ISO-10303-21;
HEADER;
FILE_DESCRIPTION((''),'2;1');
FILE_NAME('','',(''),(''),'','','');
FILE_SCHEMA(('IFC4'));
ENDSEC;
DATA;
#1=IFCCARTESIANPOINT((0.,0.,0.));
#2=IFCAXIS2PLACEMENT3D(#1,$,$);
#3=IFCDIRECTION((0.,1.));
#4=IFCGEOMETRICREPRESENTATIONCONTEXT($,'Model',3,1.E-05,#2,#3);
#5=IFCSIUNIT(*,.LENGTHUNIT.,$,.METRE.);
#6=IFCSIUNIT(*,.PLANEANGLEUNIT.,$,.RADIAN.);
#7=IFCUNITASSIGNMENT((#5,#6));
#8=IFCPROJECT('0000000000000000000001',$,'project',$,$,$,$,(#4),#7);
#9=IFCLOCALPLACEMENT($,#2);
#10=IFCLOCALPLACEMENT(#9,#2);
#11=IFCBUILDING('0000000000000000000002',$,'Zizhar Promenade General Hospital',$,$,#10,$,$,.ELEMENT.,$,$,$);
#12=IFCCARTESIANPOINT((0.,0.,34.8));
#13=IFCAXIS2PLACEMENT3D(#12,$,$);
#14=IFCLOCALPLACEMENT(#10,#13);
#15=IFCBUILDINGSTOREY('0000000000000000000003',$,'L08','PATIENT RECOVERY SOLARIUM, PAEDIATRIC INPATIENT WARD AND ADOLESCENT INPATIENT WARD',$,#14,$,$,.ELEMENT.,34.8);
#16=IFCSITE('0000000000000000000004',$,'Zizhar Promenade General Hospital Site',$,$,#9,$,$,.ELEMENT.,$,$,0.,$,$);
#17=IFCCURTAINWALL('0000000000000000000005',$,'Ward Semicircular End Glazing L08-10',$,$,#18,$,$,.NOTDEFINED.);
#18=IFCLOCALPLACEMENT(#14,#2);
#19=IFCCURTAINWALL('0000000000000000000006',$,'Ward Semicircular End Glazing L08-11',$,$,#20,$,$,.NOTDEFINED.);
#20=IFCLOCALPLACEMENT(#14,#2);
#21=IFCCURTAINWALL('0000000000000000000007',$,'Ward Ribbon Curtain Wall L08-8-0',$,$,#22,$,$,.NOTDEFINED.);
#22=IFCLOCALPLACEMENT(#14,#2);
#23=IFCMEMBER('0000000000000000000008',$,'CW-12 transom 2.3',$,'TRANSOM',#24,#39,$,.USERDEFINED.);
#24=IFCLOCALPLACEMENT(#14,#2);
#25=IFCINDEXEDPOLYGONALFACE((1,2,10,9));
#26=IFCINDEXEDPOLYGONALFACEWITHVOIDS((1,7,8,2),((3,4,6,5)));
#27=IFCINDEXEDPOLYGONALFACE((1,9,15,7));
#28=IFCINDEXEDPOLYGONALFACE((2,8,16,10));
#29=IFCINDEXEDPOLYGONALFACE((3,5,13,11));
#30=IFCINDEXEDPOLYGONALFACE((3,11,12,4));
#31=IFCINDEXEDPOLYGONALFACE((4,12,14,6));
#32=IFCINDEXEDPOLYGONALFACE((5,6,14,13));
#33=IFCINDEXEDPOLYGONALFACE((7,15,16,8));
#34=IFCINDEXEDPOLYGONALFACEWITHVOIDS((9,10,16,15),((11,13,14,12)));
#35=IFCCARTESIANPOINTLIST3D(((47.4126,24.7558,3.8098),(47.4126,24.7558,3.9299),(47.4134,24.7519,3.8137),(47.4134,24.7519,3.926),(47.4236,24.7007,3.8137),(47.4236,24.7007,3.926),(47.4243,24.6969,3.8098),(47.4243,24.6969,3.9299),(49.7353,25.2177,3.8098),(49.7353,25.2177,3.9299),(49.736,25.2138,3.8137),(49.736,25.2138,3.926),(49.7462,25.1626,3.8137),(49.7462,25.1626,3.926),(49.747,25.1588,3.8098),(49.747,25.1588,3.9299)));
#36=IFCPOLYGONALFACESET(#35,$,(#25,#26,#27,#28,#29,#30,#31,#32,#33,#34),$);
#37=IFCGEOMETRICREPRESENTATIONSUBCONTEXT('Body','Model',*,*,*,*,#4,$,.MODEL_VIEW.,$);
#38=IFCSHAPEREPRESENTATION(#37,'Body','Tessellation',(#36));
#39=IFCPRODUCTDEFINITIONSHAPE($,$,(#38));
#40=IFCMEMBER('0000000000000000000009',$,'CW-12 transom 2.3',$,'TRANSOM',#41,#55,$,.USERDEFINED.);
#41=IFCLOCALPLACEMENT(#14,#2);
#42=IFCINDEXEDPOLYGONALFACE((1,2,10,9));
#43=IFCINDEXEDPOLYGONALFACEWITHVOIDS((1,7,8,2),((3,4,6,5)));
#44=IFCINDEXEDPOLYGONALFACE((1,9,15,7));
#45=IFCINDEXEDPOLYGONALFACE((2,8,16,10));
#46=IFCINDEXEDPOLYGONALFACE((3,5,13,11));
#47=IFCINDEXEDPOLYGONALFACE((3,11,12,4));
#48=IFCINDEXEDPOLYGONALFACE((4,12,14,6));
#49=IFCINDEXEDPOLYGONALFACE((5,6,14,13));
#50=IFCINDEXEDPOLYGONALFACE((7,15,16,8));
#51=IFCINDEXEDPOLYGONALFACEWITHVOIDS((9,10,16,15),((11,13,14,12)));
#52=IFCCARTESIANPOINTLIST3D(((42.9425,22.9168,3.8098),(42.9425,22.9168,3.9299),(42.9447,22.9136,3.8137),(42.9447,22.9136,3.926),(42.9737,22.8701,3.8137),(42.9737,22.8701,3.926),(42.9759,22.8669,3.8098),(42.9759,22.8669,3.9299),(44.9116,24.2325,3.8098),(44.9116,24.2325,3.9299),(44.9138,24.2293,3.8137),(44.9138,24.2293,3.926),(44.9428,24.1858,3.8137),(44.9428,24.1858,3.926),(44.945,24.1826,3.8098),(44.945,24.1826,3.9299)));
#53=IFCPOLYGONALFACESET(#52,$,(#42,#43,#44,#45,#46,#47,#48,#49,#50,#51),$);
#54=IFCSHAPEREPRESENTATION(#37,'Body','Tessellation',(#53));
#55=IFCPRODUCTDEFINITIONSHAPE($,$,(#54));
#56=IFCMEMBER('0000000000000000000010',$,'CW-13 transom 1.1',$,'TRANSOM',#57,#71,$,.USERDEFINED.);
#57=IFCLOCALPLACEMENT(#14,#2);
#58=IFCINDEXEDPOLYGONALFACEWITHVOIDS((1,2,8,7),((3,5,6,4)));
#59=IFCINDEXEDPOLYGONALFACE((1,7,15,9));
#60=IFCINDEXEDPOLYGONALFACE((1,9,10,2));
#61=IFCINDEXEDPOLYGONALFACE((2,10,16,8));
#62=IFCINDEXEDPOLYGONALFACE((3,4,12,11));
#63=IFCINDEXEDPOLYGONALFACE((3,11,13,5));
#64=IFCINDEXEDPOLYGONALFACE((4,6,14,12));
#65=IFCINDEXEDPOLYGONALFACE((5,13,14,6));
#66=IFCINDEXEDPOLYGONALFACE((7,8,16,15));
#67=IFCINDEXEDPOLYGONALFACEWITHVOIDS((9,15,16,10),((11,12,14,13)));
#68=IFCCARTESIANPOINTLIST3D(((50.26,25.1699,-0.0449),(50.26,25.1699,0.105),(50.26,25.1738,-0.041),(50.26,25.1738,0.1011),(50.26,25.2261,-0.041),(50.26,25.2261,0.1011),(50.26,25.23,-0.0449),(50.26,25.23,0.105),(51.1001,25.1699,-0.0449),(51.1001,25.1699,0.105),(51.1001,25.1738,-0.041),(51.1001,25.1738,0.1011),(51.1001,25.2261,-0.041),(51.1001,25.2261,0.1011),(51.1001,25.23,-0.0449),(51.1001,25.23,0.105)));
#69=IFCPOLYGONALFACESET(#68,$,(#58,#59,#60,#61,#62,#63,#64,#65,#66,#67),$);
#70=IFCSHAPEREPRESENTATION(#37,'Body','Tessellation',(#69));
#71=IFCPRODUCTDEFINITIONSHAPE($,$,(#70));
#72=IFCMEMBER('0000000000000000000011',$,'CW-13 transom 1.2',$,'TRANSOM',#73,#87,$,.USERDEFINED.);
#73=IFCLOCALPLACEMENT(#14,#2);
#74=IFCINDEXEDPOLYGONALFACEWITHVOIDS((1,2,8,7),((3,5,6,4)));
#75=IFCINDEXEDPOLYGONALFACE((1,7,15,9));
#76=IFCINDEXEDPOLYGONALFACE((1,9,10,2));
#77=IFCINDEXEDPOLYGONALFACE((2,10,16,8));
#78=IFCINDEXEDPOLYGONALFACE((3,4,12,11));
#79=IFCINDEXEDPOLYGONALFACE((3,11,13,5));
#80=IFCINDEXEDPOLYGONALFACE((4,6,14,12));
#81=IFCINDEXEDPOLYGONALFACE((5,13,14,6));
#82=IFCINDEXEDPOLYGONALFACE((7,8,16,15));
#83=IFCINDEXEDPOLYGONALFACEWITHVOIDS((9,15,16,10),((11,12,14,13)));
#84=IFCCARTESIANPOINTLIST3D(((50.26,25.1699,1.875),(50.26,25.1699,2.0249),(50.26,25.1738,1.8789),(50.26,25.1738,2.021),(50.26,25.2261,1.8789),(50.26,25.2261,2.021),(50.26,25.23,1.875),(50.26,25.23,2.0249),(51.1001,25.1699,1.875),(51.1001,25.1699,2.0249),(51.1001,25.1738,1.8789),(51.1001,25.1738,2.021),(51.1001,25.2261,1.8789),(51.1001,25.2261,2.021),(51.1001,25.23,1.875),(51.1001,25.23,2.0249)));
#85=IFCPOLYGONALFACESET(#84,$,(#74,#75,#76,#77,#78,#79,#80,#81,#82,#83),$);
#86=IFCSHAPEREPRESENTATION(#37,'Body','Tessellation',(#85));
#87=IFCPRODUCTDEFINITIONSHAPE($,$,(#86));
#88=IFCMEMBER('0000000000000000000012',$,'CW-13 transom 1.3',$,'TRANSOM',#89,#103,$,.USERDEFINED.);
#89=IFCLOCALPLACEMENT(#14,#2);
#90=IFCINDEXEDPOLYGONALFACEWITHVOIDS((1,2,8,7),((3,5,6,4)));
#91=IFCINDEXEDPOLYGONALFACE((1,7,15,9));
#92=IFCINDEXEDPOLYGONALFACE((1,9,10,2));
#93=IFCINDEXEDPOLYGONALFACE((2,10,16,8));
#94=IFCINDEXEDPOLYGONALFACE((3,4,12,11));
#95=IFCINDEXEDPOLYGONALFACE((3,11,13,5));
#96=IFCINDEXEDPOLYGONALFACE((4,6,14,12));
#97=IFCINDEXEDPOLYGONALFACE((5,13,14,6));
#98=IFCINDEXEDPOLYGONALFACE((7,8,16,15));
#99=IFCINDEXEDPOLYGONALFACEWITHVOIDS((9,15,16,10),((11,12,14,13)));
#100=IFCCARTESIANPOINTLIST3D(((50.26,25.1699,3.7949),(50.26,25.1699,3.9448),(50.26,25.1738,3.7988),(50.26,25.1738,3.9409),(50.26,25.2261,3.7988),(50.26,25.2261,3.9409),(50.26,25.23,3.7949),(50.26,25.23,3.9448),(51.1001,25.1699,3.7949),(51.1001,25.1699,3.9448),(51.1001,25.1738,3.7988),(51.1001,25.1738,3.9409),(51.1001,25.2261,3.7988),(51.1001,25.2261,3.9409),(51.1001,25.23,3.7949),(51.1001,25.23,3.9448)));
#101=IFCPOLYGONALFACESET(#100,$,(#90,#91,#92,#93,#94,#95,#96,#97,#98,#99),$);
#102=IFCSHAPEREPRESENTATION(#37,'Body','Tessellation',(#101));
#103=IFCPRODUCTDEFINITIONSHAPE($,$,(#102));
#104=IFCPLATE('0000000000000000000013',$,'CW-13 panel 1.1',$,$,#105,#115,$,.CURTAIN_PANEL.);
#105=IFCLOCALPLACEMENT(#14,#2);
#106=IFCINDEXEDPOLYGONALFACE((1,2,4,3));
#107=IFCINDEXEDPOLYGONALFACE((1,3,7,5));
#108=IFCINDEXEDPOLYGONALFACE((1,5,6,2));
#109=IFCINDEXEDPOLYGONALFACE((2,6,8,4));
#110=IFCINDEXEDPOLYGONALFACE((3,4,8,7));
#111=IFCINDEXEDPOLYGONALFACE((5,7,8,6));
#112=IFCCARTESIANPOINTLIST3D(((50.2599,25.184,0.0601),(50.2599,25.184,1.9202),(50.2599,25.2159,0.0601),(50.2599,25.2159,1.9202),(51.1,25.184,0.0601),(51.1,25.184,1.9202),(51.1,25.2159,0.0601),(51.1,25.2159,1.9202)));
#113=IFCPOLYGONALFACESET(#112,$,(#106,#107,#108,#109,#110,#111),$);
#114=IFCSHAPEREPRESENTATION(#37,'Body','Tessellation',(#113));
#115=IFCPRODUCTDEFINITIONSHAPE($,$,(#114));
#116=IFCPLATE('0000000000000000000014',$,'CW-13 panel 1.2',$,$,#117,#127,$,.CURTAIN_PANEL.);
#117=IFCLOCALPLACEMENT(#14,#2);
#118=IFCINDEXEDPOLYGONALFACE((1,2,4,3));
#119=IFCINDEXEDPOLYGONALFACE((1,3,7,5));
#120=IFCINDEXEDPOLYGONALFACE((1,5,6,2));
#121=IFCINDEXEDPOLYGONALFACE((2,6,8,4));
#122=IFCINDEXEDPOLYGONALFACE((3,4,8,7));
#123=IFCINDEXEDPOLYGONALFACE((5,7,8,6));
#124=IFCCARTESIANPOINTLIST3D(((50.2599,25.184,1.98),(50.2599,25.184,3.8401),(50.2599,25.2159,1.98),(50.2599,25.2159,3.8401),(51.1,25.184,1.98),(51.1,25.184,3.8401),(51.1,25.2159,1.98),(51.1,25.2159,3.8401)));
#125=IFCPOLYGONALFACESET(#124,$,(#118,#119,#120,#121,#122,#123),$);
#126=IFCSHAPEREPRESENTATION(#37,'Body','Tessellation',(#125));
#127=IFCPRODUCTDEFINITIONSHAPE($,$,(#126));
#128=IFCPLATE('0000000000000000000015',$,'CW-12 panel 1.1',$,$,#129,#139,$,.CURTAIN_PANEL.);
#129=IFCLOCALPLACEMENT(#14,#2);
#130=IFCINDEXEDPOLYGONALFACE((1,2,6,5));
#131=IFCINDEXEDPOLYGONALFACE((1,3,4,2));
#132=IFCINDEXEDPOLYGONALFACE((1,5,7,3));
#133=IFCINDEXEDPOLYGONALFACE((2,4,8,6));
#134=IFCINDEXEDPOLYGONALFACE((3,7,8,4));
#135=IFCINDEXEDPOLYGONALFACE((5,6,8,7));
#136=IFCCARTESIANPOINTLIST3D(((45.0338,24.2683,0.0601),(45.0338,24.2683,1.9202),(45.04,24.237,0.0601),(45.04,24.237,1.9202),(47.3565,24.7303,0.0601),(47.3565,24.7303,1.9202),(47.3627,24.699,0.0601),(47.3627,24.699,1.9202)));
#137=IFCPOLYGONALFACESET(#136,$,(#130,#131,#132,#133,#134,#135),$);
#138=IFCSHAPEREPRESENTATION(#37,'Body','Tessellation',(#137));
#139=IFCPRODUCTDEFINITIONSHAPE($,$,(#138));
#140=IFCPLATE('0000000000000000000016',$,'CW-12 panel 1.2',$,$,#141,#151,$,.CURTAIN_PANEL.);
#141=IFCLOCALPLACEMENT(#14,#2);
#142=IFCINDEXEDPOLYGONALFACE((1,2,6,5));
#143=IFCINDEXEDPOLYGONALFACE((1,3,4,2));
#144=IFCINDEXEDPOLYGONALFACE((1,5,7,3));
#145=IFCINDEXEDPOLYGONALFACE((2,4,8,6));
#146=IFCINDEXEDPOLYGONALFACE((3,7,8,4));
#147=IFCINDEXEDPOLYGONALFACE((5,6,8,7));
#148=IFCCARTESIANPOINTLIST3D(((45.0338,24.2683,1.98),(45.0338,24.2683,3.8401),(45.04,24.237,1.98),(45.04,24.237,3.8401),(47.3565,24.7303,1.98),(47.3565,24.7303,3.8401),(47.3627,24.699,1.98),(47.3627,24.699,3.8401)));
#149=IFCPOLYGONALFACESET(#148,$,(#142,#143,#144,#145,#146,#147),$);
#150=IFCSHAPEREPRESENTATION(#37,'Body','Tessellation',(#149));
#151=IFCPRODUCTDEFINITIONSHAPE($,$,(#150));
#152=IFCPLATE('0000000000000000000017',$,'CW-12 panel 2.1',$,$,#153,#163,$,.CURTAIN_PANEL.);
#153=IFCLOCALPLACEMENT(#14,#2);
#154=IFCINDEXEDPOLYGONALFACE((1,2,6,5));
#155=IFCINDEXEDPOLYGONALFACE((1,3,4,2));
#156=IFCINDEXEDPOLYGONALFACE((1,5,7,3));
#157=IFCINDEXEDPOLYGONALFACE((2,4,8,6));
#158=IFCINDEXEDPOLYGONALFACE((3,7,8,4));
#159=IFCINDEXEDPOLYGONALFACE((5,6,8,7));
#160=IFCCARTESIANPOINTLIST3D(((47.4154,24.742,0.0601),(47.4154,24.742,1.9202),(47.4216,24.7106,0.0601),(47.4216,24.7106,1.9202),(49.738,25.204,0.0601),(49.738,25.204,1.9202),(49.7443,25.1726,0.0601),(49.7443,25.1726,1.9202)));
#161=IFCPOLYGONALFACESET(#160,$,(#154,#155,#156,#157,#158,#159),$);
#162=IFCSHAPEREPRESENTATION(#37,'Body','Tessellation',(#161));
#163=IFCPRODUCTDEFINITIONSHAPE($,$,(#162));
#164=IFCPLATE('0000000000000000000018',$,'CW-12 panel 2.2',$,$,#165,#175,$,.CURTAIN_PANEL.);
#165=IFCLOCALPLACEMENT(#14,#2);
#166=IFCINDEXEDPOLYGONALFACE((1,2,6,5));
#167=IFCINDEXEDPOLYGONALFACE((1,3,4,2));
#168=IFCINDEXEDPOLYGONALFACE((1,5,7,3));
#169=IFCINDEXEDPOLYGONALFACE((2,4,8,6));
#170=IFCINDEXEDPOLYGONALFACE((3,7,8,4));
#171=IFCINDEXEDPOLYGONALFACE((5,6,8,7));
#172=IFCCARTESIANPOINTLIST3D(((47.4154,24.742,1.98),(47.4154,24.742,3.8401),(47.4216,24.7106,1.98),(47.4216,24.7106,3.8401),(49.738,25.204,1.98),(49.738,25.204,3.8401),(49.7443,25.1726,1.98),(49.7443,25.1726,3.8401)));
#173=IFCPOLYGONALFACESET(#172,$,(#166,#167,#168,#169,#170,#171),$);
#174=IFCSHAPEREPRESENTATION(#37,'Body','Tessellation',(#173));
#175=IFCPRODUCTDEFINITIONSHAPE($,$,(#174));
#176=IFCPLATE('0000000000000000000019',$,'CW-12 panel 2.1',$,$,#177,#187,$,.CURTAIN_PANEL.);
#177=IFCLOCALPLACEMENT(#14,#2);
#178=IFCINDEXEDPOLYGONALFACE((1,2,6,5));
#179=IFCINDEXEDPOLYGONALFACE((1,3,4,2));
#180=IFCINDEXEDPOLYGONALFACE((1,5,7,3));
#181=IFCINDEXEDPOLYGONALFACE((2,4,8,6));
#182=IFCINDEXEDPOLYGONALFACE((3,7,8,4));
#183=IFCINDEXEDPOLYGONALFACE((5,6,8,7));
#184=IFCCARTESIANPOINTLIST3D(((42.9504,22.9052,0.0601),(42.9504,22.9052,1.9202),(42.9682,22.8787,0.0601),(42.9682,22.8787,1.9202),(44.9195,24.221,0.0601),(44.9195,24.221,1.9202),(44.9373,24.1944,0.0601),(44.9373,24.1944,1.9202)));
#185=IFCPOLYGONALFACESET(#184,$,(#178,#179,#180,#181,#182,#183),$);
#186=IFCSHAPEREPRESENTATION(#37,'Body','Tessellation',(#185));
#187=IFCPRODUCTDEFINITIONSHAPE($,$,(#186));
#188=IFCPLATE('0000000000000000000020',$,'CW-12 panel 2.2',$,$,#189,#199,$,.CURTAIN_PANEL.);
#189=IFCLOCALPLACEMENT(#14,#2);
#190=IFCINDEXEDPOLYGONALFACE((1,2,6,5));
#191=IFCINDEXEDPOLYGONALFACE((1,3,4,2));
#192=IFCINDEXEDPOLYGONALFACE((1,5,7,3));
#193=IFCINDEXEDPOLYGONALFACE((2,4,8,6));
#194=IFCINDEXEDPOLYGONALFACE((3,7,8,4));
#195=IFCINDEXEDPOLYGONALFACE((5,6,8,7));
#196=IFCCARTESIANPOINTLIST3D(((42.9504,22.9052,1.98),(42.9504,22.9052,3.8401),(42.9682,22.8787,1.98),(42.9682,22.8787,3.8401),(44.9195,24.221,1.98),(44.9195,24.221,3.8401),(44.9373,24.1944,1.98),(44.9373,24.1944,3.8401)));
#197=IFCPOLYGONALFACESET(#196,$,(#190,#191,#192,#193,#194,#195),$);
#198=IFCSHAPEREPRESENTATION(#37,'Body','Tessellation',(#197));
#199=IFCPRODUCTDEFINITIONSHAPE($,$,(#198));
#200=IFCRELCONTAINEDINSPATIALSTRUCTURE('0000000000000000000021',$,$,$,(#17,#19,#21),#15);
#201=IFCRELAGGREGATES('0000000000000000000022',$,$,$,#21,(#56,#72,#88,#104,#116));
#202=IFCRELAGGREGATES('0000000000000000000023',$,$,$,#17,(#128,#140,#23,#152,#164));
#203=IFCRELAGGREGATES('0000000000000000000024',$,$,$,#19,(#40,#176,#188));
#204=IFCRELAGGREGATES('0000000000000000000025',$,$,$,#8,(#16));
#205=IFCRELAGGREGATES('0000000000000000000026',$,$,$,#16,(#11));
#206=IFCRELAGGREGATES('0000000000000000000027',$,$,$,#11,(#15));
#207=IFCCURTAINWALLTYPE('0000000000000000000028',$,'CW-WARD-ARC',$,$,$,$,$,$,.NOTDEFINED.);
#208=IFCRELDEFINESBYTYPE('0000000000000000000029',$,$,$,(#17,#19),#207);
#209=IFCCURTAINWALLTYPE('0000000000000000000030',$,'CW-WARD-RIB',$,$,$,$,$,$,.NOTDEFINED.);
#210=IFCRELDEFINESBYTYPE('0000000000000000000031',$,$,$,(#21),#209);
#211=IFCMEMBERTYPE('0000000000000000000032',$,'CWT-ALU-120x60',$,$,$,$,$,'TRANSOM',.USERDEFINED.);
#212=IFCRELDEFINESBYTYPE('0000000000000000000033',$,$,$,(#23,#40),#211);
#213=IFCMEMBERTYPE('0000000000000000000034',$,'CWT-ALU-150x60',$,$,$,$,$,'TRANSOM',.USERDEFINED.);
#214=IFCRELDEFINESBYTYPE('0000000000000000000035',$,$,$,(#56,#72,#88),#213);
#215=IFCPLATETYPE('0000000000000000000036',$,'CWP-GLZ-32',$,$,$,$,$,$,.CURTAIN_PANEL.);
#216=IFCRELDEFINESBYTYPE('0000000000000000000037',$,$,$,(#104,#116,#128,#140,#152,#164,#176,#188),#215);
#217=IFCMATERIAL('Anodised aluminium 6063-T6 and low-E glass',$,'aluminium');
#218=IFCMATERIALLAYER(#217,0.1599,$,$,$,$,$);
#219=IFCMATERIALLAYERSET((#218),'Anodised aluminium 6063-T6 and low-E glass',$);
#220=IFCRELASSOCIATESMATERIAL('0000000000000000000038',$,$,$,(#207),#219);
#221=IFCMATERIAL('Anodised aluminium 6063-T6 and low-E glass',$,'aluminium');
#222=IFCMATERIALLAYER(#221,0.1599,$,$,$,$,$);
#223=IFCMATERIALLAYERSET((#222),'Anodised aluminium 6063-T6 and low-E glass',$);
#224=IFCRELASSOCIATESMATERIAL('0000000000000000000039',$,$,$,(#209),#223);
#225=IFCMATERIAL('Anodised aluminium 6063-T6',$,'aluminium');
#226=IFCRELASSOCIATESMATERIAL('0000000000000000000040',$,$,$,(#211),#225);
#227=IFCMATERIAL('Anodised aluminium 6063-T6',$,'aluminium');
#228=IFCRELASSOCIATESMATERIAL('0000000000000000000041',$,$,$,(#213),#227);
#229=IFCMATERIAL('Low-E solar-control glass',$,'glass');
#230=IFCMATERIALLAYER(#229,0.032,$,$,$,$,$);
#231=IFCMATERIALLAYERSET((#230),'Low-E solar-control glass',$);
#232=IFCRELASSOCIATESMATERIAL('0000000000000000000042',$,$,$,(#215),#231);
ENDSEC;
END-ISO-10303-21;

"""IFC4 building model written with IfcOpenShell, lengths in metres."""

from ifc_helpers import new_model, si_unit, direction, frame, origin, origin_2d, place, context, subcontext, project, spatial, rectangle, hollow_rectangle, extrude, material, layer, layer_set, material_profile, profile_set, type_object, element, aggregate, save


model = new_model("IFC4")

# Units and contexts
model_context = context("Model", 3, precision=1e-05, world=origin(), true_north=direction((0.0, 1.0)))
body_context = subcontext(model_context, "Body", "Model", "MODEL_VIEW")
ifc_project = project(units=[si_unit("LENGTHUNIT", "METRE"), si_unit("PLANEANGLEUNIT", "RADIAN")], contexts=[model_context])

# Site, building, storey
site_placement = place(None, origin())
site = spatial("IfcSite", under=ifc_project, at=site_placement, Name="Zizhar Promenade General Hospital Site", CompositionType="ELEMENT", RefElevation=0.0)
building_placement = place(site_placement, origin())
building = spatial("IfcBuilding", under=site, at=building_placement, Name="Zizhar Promenade General Hospital", CompositionType="ELEMENT")
storey_placement = place(building_placement, frame((0.0, 0.0, 34.8)))
storey = spatial("IfcBuildingStorey", under=building, at=storey_placement, Name="L08", Description="PATIENT RECOVERY SOLARIUM, PAEDIATRIC INPATIENT WARD AND ADOLESCENT INPATIENT WARD", CompositionType="ELEMENT", Elevation=34.8)

# Curtain wall
ifc_material_1 = material(Name="Anodised aluminium 6063-T6 and low-E glass", Category="aluminium")
ifc_layer_1 = layer(ifc_material_1, 0.1599)
ifc_layer_set_1 = layer_set([ifc_layer_1], Name="Anodised aluminium 6063-T6 and low-E glass")
curtain_wall_type_1 = type_object("IfcCurtainWallType", Name="CW-WARD-ARC", PredefinedType="NOTDEFINED", material=ifc_layer_set_1)
curtain_wall_1_placement = place(storey_placement, origin())
curtain_wall_1 = element("IfcCurtainWall", 1, at=curtain_wall_1_placement, inside=storey, type_object=curtain_wall_type_1, Name="Ward Semicircular End Glazing L08-10", PredefinedType="NOTDEFINED")

# Curtain walls
curtain_wall_2_placement = place(storey_placement, origin())
curtain_wall_2 = element("IfcCurtainWall", 2, at=curtain_wall_2_placement, inside=storey, type_object=curtain_wall_type_1, Name="Ward Semicircular End Glazing L08-11", PredefinedType="NOTDEFINED")
ifc_material_2 = material(Name="Anodised aluminium 6063-T6 and low-E glass", Category="aluminium")
ifc_layer_2 = layer(ifc_material_2, 0.1599)
ifc_layer_set_2 = layer_set([ifc_layer_2], Name="Anodised aluminium 6063-T6 and low-E glass")
curtain_wall_type_2 = type_object("IfcCurtainWallType", Name="CW-WARD-RIB", PredefinedType="NOTDEFINED", material=ifc_layer_set_2)
curtain_wall_3_placement = place(storey_placement, origin())
curtain_wall_3 = element("IfcCurtainWall", 3, at=curtain_wall_3_placement, inside=storey, type_object=curtain_wall_type_2, Name="Ward Ribbon Curtain Wall L08-8-0", PredefinedType="NOTDEFINED")

# Members
ifc_material_3 = material(Name="Anodised aluminium 6063-T6", Category="aluminium")
ifc_material_profile_1 = material_profile(ifc_material_3, hollow_rectangle(XDim=0.0601, YDim=0.1201, WallThickness=0.0039, at=origin_2d()))
ifc_profile_set_1 = profile_set([ifc_material_profile_1], Name="Anodised aluminium 6063-T6")
member_type_1 = type_object("IfcMemberType", Name="CWT-ALU-120x60", ElementType="TRANSOM", PredefinedType="USERDEFINED", material=ifc_profile_set_1)
member_1_placement = place(storey_placement, frame((47.4185, 24.7263, 3.8699), z_axis=(0.980794, 0.195045, 0.0), x_axis=(-0.195045, 0.980794, 0.0)))
member_1 = element("IfcMember", 4, at=member_1_placement, type_object=member_type_1, Name="CW-12 transom 2.3", ObjectType="TRANSOM", PredefinedType="USERDEFINED", context=body_context, shape_type="SweptSolid", body=[
    extrude(hollow_rectangle(XDim=0.0601, YDim=0.1201, WallThickness=0.0039, at=origin_2d()), origin(), (0.0, 0.0, 1.0), 2.3682),
])
member_2_placement = place(storey_placement, frame((42.9592, 22.8918, 3.8699), z_axis=(0.831463, 0.55558, 0.0), x_axis=(-0.55558, 0.831463, 0.0)))
member_2 = element("IfcMember", 5, at=member_2_placement, type_object=member_type_1, Name="CW-12 transom 2.3", ObjectType="TRANSOM", PredefinedType="USERDEFINED", context=body_context, shape_type="SweptSolid", body=[
    extrude(hollow_rectangle(XDim=0.0601, YDim=0.1201, WallThickness=0.0039, at=origin_2d()), origin(), (0.0, 0.0, 1.0), 2.3682),
])
ifc_material_4 = material(Name="Anodised aluminium 6063-T6", Category="aluminium")
ifc_material_profile_2 = material_profile(ifc_material_4, hollow_rectangle(XDim=0.0601, YDim=0.1499, WallThickness=0.0039, at=origin_2d()))
ifc_profile_set_2 = profile_set([ifc_material_profile_2], Name="Anodised aluminium 6063-T6")
member_type_2 = type_object("IfcMemberType", Name="CWT-ALU-150x60", ElementType="TRANSOM", PredefinedType="USERDEFINED", material=ifc_profile_set_2)
member_3_placement = place(storey_placement, frame((50.26, 25.2, 0.03), z_axis=(1.0, 0.0, 0.0), x_axis=(0.0, 1.0, 0.0)))
member_3 = element("IfcMember", 6, at=member_3_placement, type_object=member_type_2, Name="CW-13 transom 1.1", ObjectType="TRANSOM", PredefinedType="USERDEFINED", context=body_context, shape_type="SweptSolid", body=[
    extrude(hollow_rectangle(XDim=0.0601, YDim=0.1499, WallThickness=0.0039, at=origin_2d()), origin(), (0.0, 0.0, 1.0), 0.8401),
])
member_4_placement = place(storey_placement, frame((50.26, 25.2, 1.95), z_axis=(1.0, 0.0, 0.0), x_axis=(0.0, 1.0, 0.0)))
member_4 = element("IfcMember", 7, at=member_4_placement, type_object=member_type_2, Name="CW-13 transom 1.2", ObjectType="TRANSOM", PredefinedType="USERDEFINED", context=body_context, shape_type="SweptSolid", body=[
    extrude(hollow_rectangle(XDim=0.0601, YDim=0.1499, WallThickness=0.0039, at=origin_2d()), origin(), (0.0, 0.0, 1.0), 0.8401),
])
member_5_placement = place(storey_placement, frame((50.26, 25.2, 3.8699), z_axis=(1.0, 0.0, 0.0), x_axis=(0.0, 1.0, 0.0)))
member_5 = element("IfcMember", 8, at=member_5_placement, type_object=member_type_2, Name="CW-13 transom 1.3", ObjectType="TRANSOM", PredefinedType="USERDEFINED", context=body_context, shape_type="SweptSolid", body=[
    extrude(hollow_rectangle(XDim=0.0601, YDim=0.1499, WallThickness=0.0039, at=origin_2d()), origin(), (0.0, 0.0, 1.0), 0.8401),
])

# Plates
ifc_material_5 = material(Name="Low-E solar-control glass", Category="glass")
ifc_layer_3 = layer(ifc_material_5, 0.032)
ifc_layer_set_3 = layer_set([ifc_layer_3], Name="Low-E solar-control glass")
plate_type = type_object("IfcPlateType", Name="CWP-GLZ-32", PredefinedType="CURTAIN_PANEL", material=ifc_layer_set_3)
plate_1_placement = place(storey_placement, frame((50.6799, 25.2, 0.0601), z_axis=(0.0, 0.0, 1.0), x_axis=(1.0, 0.0, 0.0)))
plate_1 = element("IfcPlate", 9, at=plate_1_placement, type_object=plate_type, Name="CW-13 panel 1.1", PredefinedType="CURTAIN_PANEL", context=body_context, shape_type="SweptSolid", body=[
    extrude(rectangle(XDim=0.8401, YDim=0.032, at=origin_2d()), origin(), (0.0, 0.0, 1.0), 1.8601),
])
plate_2_placement = place(storey_placement, frame((50.6799, 25.2, 1.98), z_axis=(0.0, 0.0, 1.0), x_axis=(1.0, 0.0, 0.0)))
plate_2 = element("IfcPlate", 10, at=plate_2_placement, type_object=plate_type, Name="CW-13 panel 1.2", PredefinedType="CURTAIN_PANEL", context=body_context, shape_type="SweptSolid", body=[
    extrude(rectangle(XDim=0.8401, YDim=0.032, at=origin_2d()), origin(), (0.0, 0.0, 1.0), 1.8601),
])
aggregate(curtain_wall_3, [member_3, member_4, member_5, plate_1, plate_2])
plate_3_placement = place(storey_placement, frame((46.1982, 24.4836, 0.0601), z_axis=(0.0, 0.0, 1.0), x_axis=(0.980786, 0.195087, 0.0)))
plate_3 = element("IfcPlate", 11, at=plate_3_placement, type_object=plate_type, Name="CW-12 panel 1.1", PredefinedType="CURTAIN_PANEL", context=body_context, shape_type="SweptSolid", body=[
    extrude(rectangle(XDim=2.3682, YDim=0.032, at=origin_2d()), origin(), (0.0, 0.0, 1.0), 1.8601),
])
plate_4_placement = place(storey_placement, frame((46.1982, 24.4836, 1.98), z_axis=(0.0, 0.0, 1.0), x_axis=(0.980786, 0.195087, 0.0)))
plate_4 = element("IfcPlate", 12, at=plate_4_placement, type_object=plate_type, Name="CW-12 panel 1.2", PredefinedType="CURTAIN_PANEL", context=body_context, shape_type="SweptSolid", body=[
    extrude(rectangle(XDim=2.3682, YDim=0.032, at=origin_2d()), origin(), (0.0, 0.0, 1.0), 1.8601),
])
plate_5_placement = place(storey_placement, frame((48.5798, 24.9573, 0.0601), z_axis=(0.0, 0.0, 1.0), x_axis=(0.980786, 0.195087, 0.0)))
plate_5 = element("IfcPlate", 13, at=plate_5_placement, type_object=plate_type, Name="CW-12 panel 2.1", PredefinedType="CURTAIN_PANEL", context=body_context, shape_type="SweptSolid", body=[
    extrude(rectangle(XDim=2.3682, YDim=0.032, at=origin_2d()), origin(), (0.0, 0.0, 1.0), 1.8601),
])
plate_6_placement = place(storey_placement, frame((48.5798, 24.9573, 1.98), z_axis=(0.0, 0.0, 1.0), x_axis=(0.980786, 0.195087, 0.0)))
plate_6 = element("IfcPlate", 14, at=plate_6_placement, type_object=plate_type, Name="CW-12 panel 2.2", PredefinedType="CURTAIN_PANEL", context=body_context, shape_type="SweptSolid", body=[
    extrude(rectangle(XDim=2.3682, YDim=0.032, at=origin_2d()), origin(), (0.0, 0.0, 1.0), 1.8601),
])
aggregate(curtain_wall_1, [plate_3, plate_4, member_1, plate_5, plate_6])
plate_7_placement = place(storey_placement, frame((43.9438, 23.5498, 0.0601), z_axis=(0.0, 0.0, 1.0), x_axis=(0.831462, 0.555582, 0.0)))
plate_7 = element("IfcPlate", 15, at=plate_7_placement, type_object=plate_type, Name="CW-12 panel 2.1", PredefinedType="CURTAIN_PANEL", context=body_context, shape_type="SweptSolid", body=[
    extrude(rectangle(XDim=2.3682, YDim=0.032, at=origin_2d()), origin(), (0.0, 0.0, 1.0), 1.8601),
])
plate_8_placement = place(storey_placement, frame((43.9438, 23.5498, 1.98), z_axis=(0.0, 0.0, 1.0), x_axis=(0.831462, 0.555582, 0.0)))
plate_8 = element("IfcPlate", 16, at=plate_8_placement, type_object=plate_type, Name="CW-12 panel 2.2", PredefinedType="CURTAIN_PANEL", context=body_context, shape_type="SweptSolid", body=[
    extrude(rectangle(XDim=2.3682, YDim=0.032, at=origin_2d()), origin(), (0.0, 0.0, 1.0), 1.8601),
])
aggregate(curtain_wall_2, [member_2, plate_7, plate_8])

save(model, "model.ifc")
